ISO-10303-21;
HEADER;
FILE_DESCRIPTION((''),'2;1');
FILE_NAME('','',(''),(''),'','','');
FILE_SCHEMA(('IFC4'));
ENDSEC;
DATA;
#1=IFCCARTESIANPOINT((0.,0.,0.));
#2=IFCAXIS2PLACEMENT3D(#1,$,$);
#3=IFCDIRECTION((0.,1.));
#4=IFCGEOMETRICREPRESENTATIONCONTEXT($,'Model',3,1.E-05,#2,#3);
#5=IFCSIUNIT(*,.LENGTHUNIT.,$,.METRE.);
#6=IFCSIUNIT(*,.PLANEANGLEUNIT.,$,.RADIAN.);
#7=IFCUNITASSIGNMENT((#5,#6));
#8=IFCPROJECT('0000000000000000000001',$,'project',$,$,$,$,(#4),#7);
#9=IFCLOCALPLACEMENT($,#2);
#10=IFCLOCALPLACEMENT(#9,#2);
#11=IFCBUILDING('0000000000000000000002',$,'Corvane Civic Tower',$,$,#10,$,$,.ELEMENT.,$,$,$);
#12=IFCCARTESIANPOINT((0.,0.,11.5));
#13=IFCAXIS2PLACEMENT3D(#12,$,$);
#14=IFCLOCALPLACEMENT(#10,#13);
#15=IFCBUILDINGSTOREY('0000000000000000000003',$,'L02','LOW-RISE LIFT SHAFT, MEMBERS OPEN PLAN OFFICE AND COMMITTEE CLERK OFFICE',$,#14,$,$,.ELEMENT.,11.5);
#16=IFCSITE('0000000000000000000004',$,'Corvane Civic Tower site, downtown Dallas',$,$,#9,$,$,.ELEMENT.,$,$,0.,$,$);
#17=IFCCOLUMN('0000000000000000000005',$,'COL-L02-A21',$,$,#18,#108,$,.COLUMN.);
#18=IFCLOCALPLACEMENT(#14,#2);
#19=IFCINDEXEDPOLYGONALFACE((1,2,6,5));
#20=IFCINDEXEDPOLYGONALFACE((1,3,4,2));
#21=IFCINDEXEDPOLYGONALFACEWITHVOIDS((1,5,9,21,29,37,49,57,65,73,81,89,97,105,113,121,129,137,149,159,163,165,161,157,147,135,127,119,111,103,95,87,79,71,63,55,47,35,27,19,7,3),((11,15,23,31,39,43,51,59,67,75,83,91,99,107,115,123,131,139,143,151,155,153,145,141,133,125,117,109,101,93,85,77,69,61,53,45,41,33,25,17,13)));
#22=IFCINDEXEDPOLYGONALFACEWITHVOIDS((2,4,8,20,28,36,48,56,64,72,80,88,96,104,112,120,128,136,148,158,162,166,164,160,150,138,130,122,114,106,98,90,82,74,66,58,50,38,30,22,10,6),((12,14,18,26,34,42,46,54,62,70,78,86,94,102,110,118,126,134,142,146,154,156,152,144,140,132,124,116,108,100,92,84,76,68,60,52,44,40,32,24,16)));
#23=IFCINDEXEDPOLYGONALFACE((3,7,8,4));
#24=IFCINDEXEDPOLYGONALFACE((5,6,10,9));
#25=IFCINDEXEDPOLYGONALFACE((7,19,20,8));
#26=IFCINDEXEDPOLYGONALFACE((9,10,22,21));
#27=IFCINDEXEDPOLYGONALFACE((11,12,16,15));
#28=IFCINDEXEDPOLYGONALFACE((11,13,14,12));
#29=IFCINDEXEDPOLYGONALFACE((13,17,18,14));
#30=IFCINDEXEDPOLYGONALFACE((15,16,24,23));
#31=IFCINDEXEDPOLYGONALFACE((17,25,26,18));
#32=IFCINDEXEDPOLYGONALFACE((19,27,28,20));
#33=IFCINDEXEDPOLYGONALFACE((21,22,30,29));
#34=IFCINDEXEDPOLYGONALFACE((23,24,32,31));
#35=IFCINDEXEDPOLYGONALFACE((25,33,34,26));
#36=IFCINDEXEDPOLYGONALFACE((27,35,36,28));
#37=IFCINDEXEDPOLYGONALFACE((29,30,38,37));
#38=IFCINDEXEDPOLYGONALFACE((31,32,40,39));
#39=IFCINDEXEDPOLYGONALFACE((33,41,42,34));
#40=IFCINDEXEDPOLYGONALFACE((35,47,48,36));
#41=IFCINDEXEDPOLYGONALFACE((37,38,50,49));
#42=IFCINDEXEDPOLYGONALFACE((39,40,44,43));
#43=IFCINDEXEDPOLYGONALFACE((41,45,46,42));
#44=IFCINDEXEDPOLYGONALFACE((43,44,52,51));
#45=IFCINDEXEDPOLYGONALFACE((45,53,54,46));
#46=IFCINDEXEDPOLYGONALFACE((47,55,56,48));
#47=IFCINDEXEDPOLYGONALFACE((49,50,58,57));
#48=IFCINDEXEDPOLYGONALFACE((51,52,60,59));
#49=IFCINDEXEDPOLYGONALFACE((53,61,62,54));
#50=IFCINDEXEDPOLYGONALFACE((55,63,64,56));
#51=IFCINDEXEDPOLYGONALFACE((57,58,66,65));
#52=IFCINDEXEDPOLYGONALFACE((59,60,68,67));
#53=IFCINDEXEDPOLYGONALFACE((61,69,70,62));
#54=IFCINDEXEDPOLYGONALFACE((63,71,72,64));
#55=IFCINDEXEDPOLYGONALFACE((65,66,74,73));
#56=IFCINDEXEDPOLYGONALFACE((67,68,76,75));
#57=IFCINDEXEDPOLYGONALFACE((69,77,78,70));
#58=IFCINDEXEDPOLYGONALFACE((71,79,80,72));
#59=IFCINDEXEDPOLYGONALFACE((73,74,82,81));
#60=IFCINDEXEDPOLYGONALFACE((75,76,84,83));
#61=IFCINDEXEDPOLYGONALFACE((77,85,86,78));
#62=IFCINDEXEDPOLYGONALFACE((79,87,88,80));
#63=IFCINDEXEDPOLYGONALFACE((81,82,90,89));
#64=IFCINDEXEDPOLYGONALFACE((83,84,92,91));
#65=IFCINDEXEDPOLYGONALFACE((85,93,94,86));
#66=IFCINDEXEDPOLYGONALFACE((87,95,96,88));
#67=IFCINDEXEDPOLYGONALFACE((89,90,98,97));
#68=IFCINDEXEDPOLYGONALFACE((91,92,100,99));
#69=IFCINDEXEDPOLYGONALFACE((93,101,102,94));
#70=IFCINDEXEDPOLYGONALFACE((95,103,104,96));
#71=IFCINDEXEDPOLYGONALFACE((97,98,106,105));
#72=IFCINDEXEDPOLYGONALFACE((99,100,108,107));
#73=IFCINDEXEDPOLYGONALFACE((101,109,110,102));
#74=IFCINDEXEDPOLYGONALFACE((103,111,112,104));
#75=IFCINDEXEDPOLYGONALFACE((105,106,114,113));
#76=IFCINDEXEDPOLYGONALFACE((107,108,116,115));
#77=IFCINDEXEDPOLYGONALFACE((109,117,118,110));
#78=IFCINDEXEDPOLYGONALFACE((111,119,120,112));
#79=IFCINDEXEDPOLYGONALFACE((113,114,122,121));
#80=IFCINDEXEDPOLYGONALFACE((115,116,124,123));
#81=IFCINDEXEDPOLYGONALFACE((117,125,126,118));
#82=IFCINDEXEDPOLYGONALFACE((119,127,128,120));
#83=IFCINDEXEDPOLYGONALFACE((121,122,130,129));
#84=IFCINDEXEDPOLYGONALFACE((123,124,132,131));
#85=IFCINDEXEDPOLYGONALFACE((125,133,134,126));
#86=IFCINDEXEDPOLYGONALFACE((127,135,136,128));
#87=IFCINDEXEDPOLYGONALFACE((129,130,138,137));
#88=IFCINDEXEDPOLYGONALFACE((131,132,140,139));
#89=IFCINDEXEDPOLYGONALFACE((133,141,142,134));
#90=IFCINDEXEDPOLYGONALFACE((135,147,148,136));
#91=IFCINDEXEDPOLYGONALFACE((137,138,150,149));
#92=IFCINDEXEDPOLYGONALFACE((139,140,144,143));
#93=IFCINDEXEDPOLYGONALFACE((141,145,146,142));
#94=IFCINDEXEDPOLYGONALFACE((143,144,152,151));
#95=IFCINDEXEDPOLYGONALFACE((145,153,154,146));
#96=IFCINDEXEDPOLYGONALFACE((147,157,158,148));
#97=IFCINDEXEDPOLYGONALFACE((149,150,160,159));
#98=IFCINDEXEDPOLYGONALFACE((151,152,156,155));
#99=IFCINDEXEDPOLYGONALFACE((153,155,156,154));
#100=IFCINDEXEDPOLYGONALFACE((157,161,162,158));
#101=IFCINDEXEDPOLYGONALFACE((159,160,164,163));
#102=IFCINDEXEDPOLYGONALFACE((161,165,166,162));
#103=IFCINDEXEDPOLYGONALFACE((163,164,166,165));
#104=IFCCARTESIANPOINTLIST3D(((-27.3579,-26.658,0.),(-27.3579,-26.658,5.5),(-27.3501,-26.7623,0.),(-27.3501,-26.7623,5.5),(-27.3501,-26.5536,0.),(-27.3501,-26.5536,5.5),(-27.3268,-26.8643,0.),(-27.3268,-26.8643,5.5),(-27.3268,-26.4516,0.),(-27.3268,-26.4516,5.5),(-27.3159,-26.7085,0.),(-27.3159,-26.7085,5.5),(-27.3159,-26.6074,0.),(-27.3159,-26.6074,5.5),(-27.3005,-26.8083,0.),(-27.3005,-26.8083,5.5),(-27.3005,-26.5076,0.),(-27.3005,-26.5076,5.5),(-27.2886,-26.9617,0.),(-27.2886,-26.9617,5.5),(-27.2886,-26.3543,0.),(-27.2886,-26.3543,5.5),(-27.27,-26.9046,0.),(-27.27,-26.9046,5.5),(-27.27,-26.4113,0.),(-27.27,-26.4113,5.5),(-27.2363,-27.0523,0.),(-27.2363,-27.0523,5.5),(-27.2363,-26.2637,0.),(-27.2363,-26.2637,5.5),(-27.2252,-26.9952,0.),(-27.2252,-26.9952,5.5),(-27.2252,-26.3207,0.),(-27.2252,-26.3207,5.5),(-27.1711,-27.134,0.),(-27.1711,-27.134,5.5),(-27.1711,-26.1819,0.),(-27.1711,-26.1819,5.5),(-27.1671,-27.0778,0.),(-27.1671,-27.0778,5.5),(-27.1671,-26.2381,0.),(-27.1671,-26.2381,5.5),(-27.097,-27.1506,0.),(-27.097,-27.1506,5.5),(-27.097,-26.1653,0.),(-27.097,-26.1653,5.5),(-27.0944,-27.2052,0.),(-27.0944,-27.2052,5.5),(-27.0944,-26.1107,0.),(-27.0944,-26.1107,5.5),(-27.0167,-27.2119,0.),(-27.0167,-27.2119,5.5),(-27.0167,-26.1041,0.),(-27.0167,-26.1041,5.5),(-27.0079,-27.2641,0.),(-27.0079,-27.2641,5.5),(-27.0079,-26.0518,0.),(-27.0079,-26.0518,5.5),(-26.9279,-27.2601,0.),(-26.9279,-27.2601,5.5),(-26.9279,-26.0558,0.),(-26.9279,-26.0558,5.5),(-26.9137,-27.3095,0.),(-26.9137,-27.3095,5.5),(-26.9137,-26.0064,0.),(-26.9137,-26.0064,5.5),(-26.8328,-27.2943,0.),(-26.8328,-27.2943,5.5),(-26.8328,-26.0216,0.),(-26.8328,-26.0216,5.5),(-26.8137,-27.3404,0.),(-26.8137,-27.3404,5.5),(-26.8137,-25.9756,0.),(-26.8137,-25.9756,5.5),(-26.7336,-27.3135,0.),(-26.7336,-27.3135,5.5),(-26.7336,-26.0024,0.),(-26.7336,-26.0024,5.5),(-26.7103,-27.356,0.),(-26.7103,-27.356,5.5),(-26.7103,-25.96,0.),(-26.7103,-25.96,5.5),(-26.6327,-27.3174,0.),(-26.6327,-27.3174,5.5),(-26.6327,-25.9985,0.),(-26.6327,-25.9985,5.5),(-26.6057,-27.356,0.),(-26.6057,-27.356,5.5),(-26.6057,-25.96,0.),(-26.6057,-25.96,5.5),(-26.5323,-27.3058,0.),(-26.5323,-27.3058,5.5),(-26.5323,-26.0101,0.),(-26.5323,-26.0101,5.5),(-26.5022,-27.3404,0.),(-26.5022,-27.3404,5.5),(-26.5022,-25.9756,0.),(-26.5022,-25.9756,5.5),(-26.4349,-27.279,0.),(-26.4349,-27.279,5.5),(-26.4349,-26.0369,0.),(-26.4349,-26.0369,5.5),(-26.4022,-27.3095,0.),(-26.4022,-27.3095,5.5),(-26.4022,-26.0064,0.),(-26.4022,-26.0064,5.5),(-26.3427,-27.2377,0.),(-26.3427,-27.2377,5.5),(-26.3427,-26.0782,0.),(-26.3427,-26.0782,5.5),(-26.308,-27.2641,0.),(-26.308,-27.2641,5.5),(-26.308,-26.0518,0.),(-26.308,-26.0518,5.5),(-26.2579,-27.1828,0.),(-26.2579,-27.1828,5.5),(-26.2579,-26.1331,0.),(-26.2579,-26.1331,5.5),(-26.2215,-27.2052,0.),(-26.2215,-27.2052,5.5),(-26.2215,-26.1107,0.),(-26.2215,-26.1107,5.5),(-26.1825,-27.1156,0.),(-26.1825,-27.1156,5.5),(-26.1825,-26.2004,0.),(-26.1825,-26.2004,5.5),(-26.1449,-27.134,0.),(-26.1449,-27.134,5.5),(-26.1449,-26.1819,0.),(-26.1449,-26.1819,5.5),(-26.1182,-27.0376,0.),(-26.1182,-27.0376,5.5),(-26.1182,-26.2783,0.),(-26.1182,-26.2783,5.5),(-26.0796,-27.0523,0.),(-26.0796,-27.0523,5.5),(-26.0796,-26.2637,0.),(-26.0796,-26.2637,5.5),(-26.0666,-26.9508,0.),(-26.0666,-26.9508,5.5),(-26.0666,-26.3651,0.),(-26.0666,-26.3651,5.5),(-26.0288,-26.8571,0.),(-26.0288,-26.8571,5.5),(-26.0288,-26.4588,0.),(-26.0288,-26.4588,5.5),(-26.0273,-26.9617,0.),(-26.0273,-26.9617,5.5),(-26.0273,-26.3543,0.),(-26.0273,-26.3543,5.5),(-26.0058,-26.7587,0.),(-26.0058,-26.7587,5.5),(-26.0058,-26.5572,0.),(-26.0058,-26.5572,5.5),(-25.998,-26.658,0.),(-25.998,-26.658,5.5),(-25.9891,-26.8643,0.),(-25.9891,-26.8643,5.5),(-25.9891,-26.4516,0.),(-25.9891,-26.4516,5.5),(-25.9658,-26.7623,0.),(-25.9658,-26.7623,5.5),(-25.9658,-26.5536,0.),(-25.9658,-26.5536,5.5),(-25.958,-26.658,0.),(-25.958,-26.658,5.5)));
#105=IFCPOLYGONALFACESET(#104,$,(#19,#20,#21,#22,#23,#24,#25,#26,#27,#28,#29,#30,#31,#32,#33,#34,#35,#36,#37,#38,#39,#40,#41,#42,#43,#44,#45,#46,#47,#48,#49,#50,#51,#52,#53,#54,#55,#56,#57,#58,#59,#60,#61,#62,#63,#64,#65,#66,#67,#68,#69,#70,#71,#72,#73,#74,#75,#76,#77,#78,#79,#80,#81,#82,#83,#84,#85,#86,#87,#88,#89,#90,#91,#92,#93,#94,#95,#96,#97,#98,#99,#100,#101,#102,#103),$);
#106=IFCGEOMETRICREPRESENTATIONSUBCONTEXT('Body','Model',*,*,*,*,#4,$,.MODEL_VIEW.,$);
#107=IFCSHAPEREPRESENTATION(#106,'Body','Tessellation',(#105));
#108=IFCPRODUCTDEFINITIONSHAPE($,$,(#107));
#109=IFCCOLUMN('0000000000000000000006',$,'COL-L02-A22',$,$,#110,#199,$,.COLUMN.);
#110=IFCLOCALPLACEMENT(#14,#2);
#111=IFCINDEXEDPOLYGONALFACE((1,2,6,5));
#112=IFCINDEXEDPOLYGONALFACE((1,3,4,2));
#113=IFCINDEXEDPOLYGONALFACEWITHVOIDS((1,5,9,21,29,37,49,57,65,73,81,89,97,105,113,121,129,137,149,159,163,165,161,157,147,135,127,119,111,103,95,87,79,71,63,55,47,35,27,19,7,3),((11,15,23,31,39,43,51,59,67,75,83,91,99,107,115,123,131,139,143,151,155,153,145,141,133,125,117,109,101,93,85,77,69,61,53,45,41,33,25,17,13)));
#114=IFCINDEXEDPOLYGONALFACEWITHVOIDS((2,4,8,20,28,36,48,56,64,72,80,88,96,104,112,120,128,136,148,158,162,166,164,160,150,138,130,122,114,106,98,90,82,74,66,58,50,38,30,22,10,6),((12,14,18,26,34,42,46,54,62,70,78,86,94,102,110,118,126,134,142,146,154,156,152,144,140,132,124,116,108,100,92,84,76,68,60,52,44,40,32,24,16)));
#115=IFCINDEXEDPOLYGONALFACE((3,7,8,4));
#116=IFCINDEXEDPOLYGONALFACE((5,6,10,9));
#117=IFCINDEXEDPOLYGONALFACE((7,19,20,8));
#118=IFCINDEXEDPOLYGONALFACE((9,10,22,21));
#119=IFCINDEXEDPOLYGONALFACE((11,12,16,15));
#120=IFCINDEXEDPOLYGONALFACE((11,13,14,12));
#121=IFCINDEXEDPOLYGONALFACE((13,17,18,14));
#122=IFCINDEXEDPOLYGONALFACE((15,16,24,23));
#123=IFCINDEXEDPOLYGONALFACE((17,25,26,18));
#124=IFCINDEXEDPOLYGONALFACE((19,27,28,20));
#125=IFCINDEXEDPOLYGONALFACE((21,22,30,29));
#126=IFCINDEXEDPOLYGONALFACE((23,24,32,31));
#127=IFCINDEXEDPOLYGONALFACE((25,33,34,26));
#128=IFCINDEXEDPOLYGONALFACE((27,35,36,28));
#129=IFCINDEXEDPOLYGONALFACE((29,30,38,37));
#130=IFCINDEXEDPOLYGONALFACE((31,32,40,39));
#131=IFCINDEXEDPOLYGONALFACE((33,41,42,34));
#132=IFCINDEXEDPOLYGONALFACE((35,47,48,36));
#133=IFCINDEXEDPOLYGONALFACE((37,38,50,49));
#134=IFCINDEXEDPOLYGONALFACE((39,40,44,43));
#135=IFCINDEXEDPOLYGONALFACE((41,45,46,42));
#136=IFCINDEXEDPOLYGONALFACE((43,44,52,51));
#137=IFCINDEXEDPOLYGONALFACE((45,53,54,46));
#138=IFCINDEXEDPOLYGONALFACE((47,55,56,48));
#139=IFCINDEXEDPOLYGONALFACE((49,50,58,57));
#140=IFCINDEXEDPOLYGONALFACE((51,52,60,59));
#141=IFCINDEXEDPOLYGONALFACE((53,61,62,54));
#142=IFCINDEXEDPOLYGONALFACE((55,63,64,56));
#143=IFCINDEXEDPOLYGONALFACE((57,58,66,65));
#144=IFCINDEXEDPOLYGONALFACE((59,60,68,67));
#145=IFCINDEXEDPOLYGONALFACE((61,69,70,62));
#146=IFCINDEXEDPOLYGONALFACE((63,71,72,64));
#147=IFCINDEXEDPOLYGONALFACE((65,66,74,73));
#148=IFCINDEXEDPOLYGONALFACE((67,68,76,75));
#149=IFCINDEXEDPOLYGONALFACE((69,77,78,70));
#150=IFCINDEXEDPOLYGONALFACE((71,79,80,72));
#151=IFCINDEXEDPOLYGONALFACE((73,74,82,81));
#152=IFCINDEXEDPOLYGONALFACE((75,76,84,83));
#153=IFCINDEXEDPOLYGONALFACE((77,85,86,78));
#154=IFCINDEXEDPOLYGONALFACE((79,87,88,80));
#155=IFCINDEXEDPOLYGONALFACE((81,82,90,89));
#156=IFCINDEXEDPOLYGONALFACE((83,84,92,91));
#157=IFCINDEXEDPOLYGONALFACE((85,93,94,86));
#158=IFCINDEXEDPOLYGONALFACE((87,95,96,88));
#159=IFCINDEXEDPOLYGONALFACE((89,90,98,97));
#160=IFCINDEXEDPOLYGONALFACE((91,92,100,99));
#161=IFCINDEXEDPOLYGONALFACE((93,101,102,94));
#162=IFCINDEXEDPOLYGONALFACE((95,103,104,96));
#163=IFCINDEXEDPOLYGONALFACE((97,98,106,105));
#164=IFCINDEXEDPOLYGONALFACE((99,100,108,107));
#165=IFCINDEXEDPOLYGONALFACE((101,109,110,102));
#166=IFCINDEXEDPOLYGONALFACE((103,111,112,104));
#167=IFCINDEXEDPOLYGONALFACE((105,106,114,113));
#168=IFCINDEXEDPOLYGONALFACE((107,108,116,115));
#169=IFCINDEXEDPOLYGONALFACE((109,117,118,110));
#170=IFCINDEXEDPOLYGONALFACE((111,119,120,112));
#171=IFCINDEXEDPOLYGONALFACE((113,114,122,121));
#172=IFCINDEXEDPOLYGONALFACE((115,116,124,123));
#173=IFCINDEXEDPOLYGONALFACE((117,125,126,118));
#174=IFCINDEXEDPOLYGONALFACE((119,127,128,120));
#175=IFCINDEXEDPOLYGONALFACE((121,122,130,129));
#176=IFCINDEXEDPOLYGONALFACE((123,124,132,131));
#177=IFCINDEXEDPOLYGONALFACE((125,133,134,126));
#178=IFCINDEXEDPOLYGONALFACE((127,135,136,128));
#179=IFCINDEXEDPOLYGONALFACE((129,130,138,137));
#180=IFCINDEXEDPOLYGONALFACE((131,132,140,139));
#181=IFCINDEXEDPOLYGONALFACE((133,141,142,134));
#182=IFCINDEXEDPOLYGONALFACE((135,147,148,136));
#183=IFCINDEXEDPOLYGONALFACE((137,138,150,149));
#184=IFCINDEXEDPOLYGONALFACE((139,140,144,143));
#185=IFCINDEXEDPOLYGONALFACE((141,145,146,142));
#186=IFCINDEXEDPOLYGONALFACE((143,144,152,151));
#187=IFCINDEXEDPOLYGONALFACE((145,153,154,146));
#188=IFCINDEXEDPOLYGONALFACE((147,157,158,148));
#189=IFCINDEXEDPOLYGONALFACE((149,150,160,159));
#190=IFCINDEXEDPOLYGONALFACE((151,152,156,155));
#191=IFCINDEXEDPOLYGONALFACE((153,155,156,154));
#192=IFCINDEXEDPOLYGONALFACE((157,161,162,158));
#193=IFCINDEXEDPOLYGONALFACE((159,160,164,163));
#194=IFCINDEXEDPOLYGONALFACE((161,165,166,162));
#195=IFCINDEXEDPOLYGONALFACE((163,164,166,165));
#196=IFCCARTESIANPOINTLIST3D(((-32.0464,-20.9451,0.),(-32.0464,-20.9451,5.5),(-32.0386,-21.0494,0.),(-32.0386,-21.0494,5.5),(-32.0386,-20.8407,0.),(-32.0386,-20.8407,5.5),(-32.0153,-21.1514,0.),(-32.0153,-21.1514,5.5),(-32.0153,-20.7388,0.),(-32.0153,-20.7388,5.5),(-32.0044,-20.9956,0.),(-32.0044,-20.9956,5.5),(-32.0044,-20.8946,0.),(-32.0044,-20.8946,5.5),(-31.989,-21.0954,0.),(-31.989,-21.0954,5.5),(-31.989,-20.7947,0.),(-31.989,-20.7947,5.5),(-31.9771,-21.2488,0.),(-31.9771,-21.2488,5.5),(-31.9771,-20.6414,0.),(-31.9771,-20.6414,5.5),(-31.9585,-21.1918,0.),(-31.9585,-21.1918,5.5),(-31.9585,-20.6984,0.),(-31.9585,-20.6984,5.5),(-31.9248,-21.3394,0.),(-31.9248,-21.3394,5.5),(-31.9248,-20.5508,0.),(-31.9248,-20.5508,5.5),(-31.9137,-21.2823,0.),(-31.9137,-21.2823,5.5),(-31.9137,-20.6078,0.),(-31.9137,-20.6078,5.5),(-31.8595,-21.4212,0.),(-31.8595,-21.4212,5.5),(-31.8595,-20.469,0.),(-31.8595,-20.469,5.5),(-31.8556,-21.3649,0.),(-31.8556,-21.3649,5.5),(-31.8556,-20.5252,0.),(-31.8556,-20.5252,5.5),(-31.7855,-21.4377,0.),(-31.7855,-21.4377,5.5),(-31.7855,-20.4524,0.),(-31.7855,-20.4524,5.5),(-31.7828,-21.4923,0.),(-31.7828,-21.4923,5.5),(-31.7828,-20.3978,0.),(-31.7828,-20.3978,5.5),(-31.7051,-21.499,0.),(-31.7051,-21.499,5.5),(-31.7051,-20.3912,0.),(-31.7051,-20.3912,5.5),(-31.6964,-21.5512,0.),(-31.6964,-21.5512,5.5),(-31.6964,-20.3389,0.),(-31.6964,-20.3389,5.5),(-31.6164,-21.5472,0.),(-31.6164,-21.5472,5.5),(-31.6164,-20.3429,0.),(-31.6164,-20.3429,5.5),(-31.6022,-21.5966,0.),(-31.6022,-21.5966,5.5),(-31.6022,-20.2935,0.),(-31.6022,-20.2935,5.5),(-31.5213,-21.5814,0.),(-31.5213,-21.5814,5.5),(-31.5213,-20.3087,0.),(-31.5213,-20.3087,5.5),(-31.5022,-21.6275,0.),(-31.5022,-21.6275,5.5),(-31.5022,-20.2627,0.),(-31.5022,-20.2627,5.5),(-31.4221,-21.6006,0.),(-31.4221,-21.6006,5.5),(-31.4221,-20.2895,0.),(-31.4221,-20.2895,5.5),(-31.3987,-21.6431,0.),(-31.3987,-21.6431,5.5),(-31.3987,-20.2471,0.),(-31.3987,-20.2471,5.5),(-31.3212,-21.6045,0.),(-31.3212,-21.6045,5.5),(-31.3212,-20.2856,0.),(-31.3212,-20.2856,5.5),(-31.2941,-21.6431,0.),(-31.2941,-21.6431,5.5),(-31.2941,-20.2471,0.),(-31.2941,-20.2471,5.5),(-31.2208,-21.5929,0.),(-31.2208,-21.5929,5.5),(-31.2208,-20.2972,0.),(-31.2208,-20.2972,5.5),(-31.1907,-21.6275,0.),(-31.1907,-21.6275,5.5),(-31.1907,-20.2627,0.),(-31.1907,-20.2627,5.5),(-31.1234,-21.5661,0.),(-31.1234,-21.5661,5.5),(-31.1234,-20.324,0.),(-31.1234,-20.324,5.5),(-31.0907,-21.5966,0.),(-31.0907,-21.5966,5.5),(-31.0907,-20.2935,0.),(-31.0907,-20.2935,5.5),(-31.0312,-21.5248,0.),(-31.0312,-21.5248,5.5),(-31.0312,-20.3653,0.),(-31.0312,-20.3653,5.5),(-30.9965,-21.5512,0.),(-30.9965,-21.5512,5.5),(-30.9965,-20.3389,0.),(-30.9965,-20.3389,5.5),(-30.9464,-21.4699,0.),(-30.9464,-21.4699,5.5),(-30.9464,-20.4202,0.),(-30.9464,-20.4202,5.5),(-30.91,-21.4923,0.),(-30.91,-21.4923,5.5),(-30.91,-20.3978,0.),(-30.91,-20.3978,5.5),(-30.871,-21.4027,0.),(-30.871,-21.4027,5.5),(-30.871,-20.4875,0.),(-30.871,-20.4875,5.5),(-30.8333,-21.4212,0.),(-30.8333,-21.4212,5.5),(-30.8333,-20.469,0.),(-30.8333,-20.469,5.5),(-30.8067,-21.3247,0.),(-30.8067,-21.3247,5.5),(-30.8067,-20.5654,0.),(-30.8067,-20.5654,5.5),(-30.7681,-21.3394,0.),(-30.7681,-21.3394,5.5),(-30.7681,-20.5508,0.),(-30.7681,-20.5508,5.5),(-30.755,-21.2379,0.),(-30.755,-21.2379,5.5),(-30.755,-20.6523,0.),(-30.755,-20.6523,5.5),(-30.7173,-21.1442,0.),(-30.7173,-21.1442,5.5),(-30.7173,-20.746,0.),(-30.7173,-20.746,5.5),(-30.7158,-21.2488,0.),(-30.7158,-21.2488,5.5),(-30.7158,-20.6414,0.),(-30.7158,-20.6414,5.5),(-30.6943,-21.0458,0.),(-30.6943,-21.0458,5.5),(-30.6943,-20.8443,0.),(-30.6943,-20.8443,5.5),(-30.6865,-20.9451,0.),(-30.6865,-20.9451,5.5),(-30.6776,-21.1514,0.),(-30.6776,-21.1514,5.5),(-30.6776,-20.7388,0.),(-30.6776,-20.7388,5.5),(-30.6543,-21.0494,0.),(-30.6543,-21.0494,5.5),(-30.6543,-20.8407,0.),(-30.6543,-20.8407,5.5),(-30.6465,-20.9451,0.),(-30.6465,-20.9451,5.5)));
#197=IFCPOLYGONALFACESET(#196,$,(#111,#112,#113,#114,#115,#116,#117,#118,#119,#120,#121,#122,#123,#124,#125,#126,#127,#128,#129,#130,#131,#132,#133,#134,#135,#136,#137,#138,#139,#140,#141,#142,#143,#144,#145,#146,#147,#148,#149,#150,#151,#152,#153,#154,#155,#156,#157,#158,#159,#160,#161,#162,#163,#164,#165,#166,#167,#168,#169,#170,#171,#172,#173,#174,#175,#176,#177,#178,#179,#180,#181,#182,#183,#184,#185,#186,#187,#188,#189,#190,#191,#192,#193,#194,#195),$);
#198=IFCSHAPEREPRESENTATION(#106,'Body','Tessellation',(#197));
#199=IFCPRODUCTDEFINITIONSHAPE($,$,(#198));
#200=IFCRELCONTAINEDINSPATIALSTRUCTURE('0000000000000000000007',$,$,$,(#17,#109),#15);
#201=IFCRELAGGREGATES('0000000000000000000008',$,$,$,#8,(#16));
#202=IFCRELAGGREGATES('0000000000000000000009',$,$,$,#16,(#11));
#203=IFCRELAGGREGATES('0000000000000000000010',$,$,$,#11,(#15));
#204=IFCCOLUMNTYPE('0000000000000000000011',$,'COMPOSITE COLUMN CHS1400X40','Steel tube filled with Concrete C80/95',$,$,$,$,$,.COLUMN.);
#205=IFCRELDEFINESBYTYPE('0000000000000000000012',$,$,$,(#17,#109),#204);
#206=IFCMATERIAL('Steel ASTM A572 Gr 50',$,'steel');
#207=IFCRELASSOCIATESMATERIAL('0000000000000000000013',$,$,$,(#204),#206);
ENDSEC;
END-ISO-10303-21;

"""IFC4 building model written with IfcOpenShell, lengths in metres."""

from ifc_helpers import new_model, si_unit, direction, frame, origin, origin_2d, place, context, subcontext, project, spatial, hollow_circle, extrude, material, material_profile, profile_set, type_object, element, save


model = new_model("IFC4")

# Units and contexts
model_context = context("Model", 3, precision=1e-05, world=origin(), true_north=direction((0.0, 1.0)))
body_context = subcontext(model_context, "Body", "Model", "MODEL_VIEW")
ifc_project = project(units=[si_unit("LENGTHUNIT", "METRE"), si_unit("PLANEANGLEUNIT", "RADIAN")], contexts=[model_context])

# Site, building, storey
site_placement = place(None, origin())
site = spatial("IfcSite", under=ifc_project, at=site_placement, Name="Corvane Civic Tower site, downtown Dallas", CompositionType="ELEMENT", RefElevation=0.0)
building_placement = place(site_placement, origin())
building = spatial("IfcBuilding", under=site, at=building_placement, Name="Corvane Civic Tower", CompositionType="ELEMENT")
storey_placement = place(building_placement, frame((0.0, 0.0, 11.5)))
storey = spatial("IfcBuildingStorey", under=building, at=storey_placement, Name="L02", Description="LOW-RISE LIFT SHAFT, MEMBERS OPEN PLAN OFFICE AND COMMITTEE CLERK OFFICE", CompositionType="ELEMENT", Elevation=11.5)

# Columns
ifc_material_1 = material(Name="Steel ASTM A572 Gr 50", Category="steel")
ifc_material_profile_1 = material_profile(ifc_material_1, hollow_circle(Radius=0.7, WallThickness=0.04, at=origin_2d()), Name="CHS1400X40")
ifc_profile_set_1 = profile_set([ifc_material_profile_1], Name="Steel ASTM A572 Gr 50")
column_type_1 = type_object("IfcColumnType", Name="COMPOSITE COLUMN CHS1400X40", Description="Steel tube filled with Concrete C80/95", PredefinedType="COLUMN", material=ifc_profile_set_1)
for number, where, z_axis, x_axis, name in (
    (1, (-26.658, -26.658, 0.0), (0.0, 0.0, 1.0), (1.0, 0.0, 0.0), "COL-L02-A21"),
    (2, (-31.3464, -20.9451, 0.0), (0.0, 0.0, 1.0), (1.0, 0.0, 0.0), "COL-L02-A22"),
):
    element("IfcColumn", number, at=place(storey_placement, frame(where, z_axis=z_axis, x_axis=x_axis)), inside=storey, type_object=column_type_1, Name=name, PredefinedType="COLUMN", context=body_context, shape_type="SweptSolid", body=[
        extrude(hollow_circle(Radius=0.7, WallThickness=0.04, at=origin_2d()), origin(), (0.0, 0.0, 1.0), 5.5),
    ])

save(model, "model.ifc")
